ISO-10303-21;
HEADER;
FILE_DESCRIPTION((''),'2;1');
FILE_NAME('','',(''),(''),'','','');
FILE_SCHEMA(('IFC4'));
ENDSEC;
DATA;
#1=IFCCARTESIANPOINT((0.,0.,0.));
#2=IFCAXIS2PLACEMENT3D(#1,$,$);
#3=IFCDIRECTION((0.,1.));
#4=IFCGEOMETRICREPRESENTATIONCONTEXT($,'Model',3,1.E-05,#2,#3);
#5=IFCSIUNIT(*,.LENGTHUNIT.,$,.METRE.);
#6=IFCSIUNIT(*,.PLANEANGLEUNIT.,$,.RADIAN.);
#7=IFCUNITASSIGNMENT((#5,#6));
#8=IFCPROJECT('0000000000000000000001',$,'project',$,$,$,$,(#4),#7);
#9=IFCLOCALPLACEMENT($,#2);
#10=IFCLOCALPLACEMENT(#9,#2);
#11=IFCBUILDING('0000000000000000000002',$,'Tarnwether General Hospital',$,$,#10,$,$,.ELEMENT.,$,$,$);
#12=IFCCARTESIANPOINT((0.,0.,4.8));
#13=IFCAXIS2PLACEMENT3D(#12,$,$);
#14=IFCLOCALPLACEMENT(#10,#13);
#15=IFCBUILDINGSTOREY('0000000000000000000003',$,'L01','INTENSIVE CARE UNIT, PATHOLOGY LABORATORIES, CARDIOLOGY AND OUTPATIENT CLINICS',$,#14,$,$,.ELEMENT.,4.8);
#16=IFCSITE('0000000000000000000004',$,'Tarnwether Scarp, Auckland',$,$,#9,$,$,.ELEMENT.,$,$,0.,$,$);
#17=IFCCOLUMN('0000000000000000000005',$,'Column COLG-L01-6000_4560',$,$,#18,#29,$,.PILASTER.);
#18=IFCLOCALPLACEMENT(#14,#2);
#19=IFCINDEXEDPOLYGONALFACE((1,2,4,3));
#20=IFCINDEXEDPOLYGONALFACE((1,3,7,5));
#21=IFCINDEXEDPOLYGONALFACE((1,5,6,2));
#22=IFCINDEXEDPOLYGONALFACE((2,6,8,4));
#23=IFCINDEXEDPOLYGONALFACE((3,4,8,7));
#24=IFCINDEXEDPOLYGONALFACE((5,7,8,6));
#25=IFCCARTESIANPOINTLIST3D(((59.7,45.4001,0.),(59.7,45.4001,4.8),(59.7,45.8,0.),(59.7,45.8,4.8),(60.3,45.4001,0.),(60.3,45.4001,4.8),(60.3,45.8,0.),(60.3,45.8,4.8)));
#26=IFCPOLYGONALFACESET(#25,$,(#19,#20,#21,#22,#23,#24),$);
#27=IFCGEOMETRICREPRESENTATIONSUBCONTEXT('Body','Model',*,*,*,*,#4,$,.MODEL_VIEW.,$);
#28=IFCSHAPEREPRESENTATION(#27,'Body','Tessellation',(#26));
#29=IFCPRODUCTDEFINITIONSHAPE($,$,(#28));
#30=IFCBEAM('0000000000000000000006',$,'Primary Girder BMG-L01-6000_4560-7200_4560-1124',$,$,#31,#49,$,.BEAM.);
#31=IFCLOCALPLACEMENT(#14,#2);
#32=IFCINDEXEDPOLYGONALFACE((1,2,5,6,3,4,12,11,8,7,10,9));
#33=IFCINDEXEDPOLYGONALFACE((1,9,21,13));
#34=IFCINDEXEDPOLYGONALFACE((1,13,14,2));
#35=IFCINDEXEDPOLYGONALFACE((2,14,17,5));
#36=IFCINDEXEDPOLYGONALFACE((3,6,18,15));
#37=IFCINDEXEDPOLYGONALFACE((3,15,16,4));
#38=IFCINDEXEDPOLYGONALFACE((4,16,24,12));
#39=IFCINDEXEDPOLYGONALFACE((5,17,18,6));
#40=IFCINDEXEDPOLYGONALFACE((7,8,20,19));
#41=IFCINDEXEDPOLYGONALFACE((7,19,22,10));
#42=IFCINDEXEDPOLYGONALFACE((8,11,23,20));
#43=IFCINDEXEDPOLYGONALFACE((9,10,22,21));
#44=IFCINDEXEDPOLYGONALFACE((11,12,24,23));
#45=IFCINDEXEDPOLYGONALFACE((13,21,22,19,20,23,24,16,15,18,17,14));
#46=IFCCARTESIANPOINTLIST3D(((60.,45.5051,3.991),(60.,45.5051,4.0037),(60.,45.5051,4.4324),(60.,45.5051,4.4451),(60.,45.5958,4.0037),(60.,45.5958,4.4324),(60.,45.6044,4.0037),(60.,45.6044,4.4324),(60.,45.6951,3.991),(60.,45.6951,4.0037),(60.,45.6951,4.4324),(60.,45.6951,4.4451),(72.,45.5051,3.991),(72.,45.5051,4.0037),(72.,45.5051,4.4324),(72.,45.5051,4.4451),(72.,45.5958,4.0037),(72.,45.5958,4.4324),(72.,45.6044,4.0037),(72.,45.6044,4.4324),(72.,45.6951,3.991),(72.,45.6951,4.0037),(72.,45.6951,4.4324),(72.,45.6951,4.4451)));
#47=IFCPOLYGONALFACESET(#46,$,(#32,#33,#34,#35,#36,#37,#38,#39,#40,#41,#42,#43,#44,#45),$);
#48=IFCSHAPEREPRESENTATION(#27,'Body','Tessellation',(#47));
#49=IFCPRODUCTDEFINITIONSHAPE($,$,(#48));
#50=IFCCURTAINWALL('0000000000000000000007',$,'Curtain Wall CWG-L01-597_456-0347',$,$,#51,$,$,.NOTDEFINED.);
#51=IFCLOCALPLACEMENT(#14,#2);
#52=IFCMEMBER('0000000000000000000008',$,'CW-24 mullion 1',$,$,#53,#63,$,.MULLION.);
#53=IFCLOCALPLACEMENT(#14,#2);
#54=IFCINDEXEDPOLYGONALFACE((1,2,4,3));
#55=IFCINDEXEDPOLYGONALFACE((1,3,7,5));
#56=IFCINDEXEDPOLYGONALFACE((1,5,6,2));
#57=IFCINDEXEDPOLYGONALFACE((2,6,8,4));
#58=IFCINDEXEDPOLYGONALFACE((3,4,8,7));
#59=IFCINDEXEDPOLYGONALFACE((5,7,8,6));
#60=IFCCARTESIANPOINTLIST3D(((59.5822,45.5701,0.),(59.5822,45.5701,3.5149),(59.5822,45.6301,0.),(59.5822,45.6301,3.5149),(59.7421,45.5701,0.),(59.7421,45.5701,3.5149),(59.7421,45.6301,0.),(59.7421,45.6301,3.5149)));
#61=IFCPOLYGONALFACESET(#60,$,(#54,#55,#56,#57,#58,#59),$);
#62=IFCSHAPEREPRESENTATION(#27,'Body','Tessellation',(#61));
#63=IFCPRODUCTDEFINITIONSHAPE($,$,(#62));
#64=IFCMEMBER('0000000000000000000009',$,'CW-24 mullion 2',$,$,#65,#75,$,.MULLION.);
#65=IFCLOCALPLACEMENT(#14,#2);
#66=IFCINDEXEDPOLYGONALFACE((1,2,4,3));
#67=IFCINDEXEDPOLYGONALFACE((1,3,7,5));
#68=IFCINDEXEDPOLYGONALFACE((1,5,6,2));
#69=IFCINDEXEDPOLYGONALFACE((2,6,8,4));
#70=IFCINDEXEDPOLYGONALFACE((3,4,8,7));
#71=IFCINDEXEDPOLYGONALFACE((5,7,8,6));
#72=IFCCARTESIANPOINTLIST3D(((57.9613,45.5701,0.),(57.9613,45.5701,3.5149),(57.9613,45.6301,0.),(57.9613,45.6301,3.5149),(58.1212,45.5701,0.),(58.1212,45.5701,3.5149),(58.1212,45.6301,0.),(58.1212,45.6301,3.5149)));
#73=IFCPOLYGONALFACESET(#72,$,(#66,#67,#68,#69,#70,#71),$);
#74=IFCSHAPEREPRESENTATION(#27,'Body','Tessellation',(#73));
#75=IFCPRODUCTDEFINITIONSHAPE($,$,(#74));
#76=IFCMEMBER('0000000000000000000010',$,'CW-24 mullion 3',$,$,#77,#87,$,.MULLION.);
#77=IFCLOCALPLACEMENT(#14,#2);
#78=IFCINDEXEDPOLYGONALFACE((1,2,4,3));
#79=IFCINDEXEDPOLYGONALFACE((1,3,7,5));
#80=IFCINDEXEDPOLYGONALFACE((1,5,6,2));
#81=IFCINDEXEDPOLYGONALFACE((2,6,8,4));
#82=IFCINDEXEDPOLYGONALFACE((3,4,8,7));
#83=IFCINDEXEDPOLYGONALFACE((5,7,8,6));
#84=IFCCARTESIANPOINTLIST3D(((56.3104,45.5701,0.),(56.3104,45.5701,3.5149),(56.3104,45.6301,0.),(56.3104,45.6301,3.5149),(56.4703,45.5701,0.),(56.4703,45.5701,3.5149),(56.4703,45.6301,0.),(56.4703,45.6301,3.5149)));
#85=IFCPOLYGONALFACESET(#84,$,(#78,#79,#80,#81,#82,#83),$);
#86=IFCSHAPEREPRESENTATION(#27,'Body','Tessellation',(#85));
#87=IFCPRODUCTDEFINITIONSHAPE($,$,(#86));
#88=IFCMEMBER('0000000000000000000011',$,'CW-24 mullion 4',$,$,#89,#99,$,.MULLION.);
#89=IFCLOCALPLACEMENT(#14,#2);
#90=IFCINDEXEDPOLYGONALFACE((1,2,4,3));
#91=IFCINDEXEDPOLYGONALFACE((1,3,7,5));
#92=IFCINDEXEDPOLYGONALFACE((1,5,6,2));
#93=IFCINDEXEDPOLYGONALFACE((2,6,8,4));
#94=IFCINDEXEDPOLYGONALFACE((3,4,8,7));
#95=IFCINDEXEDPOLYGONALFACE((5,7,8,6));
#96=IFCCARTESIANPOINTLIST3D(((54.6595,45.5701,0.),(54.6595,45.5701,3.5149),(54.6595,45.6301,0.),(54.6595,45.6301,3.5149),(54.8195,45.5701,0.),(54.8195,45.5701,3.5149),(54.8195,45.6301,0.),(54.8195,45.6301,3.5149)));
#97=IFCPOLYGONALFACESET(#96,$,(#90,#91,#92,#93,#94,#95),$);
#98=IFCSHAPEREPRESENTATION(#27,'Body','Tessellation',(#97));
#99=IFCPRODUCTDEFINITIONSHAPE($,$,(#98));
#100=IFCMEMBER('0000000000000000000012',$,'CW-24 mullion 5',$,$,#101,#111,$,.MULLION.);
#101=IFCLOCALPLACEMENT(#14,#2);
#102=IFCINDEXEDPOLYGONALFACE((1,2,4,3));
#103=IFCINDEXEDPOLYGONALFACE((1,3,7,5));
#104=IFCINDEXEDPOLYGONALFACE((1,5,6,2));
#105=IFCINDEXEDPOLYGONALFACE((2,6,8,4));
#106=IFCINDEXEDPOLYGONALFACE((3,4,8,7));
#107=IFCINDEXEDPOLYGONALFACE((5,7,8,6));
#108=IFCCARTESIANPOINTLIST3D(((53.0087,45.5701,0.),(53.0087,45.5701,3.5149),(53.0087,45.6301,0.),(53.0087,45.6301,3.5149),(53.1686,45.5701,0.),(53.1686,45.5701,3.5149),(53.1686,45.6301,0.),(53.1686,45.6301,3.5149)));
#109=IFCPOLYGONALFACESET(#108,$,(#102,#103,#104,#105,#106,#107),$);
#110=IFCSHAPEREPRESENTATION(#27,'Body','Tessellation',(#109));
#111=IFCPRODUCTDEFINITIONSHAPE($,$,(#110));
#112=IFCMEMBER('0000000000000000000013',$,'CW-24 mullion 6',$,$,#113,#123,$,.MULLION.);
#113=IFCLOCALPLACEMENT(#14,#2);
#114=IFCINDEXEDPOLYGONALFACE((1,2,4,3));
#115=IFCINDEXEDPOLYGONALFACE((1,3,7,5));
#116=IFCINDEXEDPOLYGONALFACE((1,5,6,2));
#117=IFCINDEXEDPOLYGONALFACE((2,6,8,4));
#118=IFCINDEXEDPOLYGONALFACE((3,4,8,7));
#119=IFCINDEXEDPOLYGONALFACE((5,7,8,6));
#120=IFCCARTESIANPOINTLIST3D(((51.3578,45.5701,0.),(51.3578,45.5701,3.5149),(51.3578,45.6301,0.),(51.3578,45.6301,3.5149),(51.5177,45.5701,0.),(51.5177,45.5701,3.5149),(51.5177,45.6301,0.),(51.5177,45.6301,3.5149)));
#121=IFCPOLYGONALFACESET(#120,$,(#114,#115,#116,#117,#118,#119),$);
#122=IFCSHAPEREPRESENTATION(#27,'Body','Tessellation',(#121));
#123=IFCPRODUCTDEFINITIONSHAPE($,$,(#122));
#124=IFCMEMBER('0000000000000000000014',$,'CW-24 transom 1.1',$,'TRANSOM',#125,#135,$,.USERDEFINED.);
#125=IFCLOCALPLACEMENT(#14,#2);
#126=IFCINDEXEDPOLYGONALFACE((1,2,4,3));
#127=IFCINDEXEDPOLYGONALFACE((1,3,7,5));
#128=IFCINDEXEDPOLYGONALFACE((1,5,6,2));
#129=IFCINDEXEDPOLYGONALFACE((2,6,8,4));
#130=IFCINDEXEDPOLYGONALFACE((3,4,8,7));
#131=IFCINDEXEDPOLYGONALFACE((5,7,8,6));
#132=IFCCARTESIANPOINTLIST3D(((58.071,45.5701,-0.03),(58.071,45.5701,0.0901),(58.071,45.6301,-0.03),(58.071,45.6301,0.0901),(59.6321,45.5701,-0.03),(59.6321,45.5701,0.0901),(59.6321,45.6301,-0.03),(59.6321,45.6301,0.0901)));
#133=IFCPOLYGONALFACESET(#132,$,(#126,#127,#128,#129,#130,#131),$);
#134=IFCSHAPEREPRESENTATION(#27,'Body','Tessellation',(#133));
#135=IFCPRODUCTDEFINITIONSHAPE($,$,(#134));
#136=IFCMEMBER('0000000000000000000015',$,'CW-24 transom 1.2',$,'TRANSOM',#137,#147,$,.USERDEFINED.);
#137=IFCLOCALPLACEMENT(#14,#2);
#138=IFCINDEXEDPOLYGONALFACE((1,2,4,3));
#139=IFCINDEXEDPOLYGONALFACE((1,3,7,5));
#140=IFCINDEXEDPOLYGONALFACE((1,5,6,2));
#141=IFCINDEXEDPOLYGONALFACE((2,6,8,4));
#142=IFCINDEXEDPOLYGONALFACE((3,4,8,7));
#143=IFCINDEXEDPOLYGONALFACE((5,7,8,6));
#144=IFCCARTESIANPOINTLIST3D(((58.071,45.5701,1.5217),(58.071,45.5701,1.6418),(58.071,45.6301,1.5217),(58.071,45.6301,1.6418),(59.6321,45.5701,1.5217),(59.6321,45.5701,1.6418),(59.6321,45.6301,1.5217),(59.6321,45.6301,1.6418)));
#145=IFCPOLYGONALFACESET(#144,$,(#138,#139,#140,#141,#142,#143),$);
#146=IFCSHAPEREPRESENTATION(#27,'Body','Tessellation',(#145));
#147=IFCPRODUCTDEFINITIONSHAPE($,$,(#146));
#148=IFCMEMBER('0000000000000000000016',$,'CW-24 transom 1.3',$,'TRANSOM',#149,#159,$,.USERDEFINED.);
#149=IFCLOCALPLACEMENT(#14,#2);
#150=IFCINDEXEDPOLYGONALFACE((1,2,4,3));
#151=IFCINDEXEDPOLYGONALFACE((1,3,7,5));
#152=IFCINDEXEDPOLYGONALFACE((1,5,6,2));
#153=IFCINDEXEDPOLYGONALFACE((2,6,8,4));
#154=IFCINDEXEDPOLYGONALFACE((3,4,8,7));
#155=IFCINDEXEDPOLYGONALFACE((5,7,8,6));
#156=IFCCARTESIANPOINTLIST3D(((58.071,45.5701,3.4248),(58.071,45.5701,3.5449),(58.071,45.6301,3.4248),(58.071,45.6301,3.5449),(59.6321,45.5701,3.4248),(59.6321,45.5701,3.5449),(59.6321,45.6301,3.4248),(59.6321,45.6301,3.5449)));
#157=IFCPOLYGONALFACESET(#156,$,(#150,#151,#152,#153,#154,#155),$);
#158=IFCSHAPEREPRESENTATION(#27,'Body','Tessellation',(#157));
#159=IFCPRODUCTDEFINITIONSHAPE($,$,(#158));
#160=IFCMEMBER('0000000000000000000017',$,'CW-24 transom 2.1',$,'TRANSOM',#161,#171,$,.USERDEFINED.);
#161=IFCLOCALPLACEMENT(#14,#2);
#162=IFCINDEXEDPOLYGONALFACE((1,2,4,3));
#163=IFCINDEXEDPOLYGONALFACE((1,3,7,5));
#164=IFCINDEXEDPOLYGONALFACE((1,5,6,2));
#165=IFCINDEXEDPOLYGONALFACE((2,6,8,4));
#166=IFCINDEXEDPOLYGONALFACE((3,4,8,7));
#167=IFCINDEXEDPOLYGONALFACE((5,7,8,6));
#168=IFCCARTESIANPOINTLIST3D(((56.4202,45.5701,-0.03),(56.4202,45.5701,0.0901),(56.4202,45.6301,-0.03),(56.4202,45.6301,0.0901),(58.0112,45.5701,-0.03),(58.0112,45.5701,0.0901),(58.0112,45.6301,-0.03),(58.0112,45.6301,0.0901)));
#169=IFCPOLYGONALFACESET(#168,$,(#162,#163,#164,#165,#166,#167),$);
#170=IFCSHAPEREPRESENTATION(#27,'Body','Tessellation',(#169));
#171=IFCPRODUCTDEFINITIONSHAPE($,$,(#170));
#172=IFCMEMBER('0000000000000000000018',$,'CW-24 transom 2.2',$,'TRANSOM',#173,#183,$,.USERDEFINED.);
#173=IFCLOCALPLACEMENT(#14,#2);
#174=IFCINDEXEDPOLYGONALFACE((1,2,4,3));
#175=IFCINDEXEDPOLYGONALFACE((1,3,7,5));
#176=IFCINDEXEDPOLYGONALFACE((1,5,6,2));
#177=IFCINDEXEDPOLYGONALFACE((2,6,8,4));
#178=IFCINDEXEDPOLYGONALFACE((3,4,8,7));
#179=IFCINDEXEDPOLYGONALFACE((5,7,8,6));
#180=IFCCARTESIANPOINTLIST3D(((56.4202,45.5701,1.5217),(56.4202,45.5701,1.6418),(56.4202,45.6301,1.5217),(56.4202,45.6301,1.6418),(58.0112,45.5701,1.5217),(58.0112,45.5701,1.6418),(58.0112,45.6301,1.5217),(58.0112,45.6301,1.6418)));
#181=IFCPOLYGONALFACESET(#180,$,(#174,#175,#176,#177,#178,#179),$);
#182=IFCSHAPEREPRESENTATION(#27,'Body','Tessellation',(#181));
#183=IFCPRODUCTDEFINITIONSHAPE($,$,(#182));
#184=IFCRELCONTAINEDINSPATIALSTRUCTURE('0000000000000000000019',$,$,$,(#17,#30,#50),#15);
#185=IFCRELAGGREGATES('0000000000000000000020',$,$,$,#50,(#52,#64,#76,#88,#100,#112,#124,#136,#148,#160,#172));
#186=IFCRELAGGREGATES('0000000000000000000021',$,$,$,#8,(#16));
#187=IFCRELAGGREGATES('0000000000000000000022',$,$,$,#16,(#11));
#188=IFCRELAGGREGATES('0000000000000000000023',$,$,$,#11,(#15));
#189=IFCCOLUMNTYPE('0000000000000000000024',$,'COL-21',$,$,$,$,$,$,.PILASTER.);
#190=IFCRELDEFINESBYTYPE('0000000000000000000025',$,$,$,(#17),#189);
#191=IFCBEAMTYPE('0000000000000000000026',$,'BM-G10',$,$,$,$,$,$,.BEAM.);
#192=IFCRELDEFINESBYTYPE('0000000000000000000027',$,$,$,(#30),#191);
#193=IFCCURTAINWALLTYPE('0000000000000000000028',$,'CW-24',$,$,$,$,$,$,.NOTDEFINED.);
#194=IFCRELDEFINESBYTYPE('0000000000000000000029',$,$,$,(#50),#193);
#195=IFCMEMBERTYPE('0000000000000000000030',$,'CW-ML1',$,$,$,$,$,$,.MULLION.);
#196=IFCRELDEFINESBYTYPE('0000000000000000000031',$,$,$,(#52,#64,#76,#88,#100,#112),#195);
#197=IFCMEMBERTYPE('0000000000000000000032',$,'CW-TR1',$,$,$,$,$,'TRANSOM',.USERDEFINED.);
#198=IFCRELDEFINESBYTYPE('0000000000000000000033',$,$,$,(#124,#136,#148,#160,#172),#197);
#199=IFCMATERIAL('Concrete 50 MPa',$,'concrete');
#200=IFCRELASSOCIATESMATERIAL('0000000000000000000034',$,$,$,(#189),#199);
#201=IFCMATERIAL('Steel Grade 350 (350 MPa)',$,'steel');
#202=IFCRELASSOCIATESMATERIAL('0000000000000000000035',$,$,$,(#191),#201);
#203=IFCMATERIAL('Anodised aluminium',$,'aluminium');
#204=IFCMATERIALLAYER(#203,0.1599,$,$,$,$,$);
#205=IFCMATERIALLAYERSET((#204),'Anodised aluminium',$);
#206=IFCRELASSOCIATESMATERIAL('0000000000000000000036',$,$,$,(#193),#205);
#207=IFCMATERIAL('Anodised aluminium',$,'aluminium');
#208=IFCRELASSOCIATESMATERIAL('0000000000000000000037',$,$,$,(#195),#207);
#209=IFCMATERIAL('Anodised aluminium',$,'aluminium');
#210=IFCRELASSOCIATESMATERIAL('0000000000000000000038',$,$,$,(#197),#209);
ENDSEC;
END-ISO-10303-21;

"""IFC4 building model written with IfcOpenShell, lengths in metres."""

from ifc_helpers import new_model, si_unit, direction, frame, origin, origin_2d, place, context, subcontext, project, spatial, rectangle, i_section, extrude, material, layer, layer_set, material_profile, profile_set, type_object, element, aggregate, save


model = new_model("IFC4")

# Units and contexts
model_context = context("Model", 3, precision=1e-05, world=origin(), true_north=direction((0.0, 1.0)))
body_context = subcontext(model_context, "Body", "Model", "MODEL_VIEW")
ifc_project = project(units=[si_unit("LENGTHUNIT", "METRE"), si_unit("PLANEANGLEUNIT", "RADIAN")], contexts=[model_context])

# Site, building, storey
site_placement = place(None, origin())
site = spatial("IfcSite", under=ifc_project, at=site_placement, Name="Tarnwether Scarp, Auckland", CompositionType="ELEMENT", RefElevation=0.0)
building_placement = place(site_placement, origin())
building = spatial("IfcBuilding", under=site, at=building_placement, Name="Tarnwether General Hospital", CompositionType="ELEMENT")
storey_placement = place(building_placement, frame((0.0, 0.0, 4.8)))
storey = spatial("IfcBuildingStorey", under=building, at=storey_placement, Name="L01", Description="INTENSIVE CARE UNIT, PATHOLOGY LABORATORIES, CARDIOLOGY AND OUTPATIENT CLINICS", CompositionType="ELEMENT", Elevation=4.8)

# Column
ifc_material_1 = material(Name="Concrete 50 MPa", Category="concrete")
ifc_material_profile_1 = material_profile(ifc_material_1, rectangle(XDim=0.3999, YDim=0.6001, at=origin_2d()), Name="RC-PIL-400x600")
ifc_profile_set_1 = profile_set([ifc_material_profile_1], Name="Concrete 50 MPa")
column_type = type_object("IfcColumnType", Name="COL-21", PredefinedType="PILASTER", material=ifc_profile_set_1)
column_placement = place(storey_placement, frame((60.0, 45.6001, 0.0), z_axis=(0.0, 0.0, 1.0), x_axis=(0.0, 1.0, 0.0)))
element("IfcColumn", 1, at=column_placement, inside=storey, type_object=column_type, Name="Column COLG-L01-6000_4560", PredefinedType="PILASTER", context=body_context, shape_type="SweptSolid", body=[
    extrude(rectangle(XDim=0.3999, YDim=0.6001, at=origin_2d()), origin(), (0.0, 0.0, 1.0), 4.8),
])

# Beam
ifc_material_2 = material(Name="Steel Grade 350 (350 MPa)", Category="steel")
ifc_material_profile_2 = material_profile(ifc_material_2, i_section(OverallWidth=0.1899, OverallDepth=0.4541, WebThickness=0.0085, FlangeThickness=0.0127, at=origin_2d()), Name="460UB67.1")
ifc_profile_set_2 = profile_set([ifc_material_profile_2], Name="Steel Grade 350 (350 MPa)")
beam_type = type_object("IfcBeamType", Name="BM-G10", PredefinedType="BEAM", material=ifc_profile_set_2)
beam_placement = place(storey_placement, frame((60.0, 45.6001, 4.218), z_axis=(1.0, 0.0, 0.0), x_axis=(0.0, 1.0, 0.0)))
element("IfcBeam", 2, at=beam_placement, inside=storey, type_object=beam_type, Name="Primary Girder BMG-L01-6000_4560-7200_4560-1124", PredefinedType="BEAM", context=body_context, shape_type="SweptSolid", body=[
    extrude(i_section(OverallWidth=0.1899, OverallDepth=0.4541, WebThickness=0.0085, FlangeThickness=0.0127, at=origin_2d()), origin(), (0.0, 0.0, 1.0), 12.0),
])

# Curtain wall, members
ifc_material_3 = material(Name="Anodised aluminium", Category="aluminium")
ifc_layer_1 = layer(ifc_material_3, 0.1599)
ifc_layer_set_1 = layer_set([ifc_layer_1], Name="Anodised aluminium")
curtain_wall_type = type_object("IfcCurtainWallType", Name="CW-24", PredefinedType="NOTDEFINED", material=ifc_layer_set_1)
curtain_wall_placement = place(storey_placement, origin())
curtain_wall = element("IfcCurtainWall", 3, at=curtain_wall_placement, inside=storey, type_object=curtain_wall_type, Name="Curtain Wall CWG-L01-597_456-0347", PredefinedType="NOTDEFINED")
ifc_material_4 = material(Name="Anodised aluminium", Category="aluminium")
ifc_material_profile_3 = material_profile(ifc_material_4, rectangle(XDim=0.0601, YDim=0.1599, at=origin_2d()), Name="ALU-MUL-60x160")
ifc_profile_set_3 = profile_set([ifc_material_profile_3], Name="Anodised aluminium")
member_type_1 = type_object("IfcMemberType", Name="CW-ML1", PredefinedType="MULLION", material=ifc_profile_set_3)
member_1_placement = place(storey_placement, frame((59.6621, 45.6001, 0.0), z_axis=(0.0, 0.0, 1.0), x_axis=(0.0, -1.0, 0.0)))
member_1 = element("IfcMember", 4, at=member_1_placement, type_object=member_type_1, Name="CW-24 mullion 1", PredefinedType="MULLION", context=body_context, shape_type="SweptSolid", body=[
    extrude(rectangle(XDim=0.0601, YDim=0.1599, at=origin_2d()), origin(), (0.0, 0.0, 1.0), 3.5149),
])
member_2_placement = place(storey_placement, frame((58.0413, 45.6001, 0.0), z_axis=(0.0, 0.0, 1.0), x_axis=(0.0, -1.0, 0.0)))
member_2 = element("IfcMember", 5, at=member_2_placement, type_object=member_type_1, Name="CW-24 mullion 2", PredefinedType="MULLION", context=body_context, shape_type="SweptSolid", body=[
    extrude(rectangle(XDim=0.0601, YDim=0.1599, at=origin_2d()), origin(), (0.0, 0.0, 1.0), 3.5149),
])
member_3_placement = place(storey_placement, frame((56.3904, 45.6001, 0.0), z_axis=(0.0, 0.0, 1.0), x_axis=(0.0, -1.0, 0.0)))
member_3 = element("IfcMember", 6, at=member_3_placement, type_object=member_type_1, Name="CW-24 mullion 3", PredefinedType="MULLION", context=body_context, shape_type="SweptSolid", body=[
    extrude(rectangle(XDim=0.0601, YDim=0.1599, at=origin_2d()), origin(), (0.0, 0.0, 1.0), 3.5149),
])
member_4_placement = place(storey_placement, frame((54.7395, 45.6001, 0.0), z_axis=(0.0, 0.0, 1.0), x_axis=(0.0, -1.0, 0.0)))
member_4 = element("IfcMember", 7, at=member_4_placement, type_object=member_type_1, Name="CW-24 mullion 4", PredefinedType="MULLION", context=body_context, shape_type="SweptSolid", body=[
    extrude(rectangle(XDim=0.0601, YDim=0.1599, at=origin_2d()), origin(), (0.0, 0.0, 1.0), 3.5149),
])
member_5_placement = place(storey_placement, frame((53.0886, 45.6001, 0.0), z_axis=(0.0, 0.0, 1.0), x_axis=(0.0, -1.0, 0.0)))
member_5 = element("IfcMember", 8, at=member_5_placement, type_object=member_type_1, Name="CW-24 mullion 5", PredefinedType="MULLION", context=body_context, shape_type="SweptSolid", body=[
    extrude(rectangle(XDim=0.0601, YDim=0.1599, at=origin_2d()), origin(), (0.0, 0.0, 1.0), 3.5149),
])
member_6_placement = place(storey_placement, frame((51.4377, 45.6001, 0.0), z_axis=(0.0, 0.0, 1.0), x_axis=(0.0, -1.0, 0.0)))
member_6 = element("IfcMember", 9, at=member_6_placement, type_object=member_type_1, Name="CW-24 mullion 6", PredefinedType="MULLION", context=body_context, shape_type="SweptSolid", body=[
    extrude(rectangle(XDim=0.0601, YDim=0.1599, at=origin_2d()), origin(), (0.0, 0.0, 1.0), 3.5149),
])
ifc_material_5 = material(Name="Anodised aluminium", Category="aluminium")
ifc_material_profile_4 = material_profile(ifc_material_5, rectangle(XDim=0.0601, YDim=0.1201, at=origin_2d()), Name="ALU-TRN-60x120")
ifc_profile_set_4 = profile_set([ifc_material_profile_4], Name="Anodised aluminium")
member_type_2 = type_object("IfcMemberType", Name="CW-TR1", ElementType="TRANSOM", PredefinedType="USERDEFINED", material=ifc_profile_set_4)
member_7_placement = place(storey_placement, frame((59.6321, 45.6001, 0.03), z_axis=(-1.0, 0.0, 0.0), x_axis=(0.0, -1.0, 0.0)))
member_7 = element("IfcMember", 10, at=member_7_placement, type_object=member_type_2, Name="CW-24 transom 1.1", ObjectType="TRANSOM", PredefinedType="USERDEFINED", context=body_context, shape_type="SweptSolid", body=[
    extrude(rectangle(XDim=0.0601, YDim=0.1201, at=origin_2d()), origin(), (0.0, 0.0, 1.0), 1.561),
])
member_8_placement = place(storey_placement, frame((59.6321, 45.6001, 1.5818), z_axis=(-1.0, 0.0, 0.0), x_axis=(0.0, -1.0, 0.0)))
member_8 = element("IfcMember", 11, at=member_8_placement, type_object=member_type_2, Name="CW-24 transom 1.2", ObjectType="TRANSOM", PredefinedType="USERDEFINED", context=body_context, shape_type="SweptSolid", body=[
    extrude(rectangle(XDim=0.0601, YDim=0.1201, at=origin_2d()), origin(), (0.0, 0.0, 1.0), 1.561),
])
member_9_placement = place(storey_placement, frame((59.6321, 45.6001, 3.4849), z_axis=(-1.0, 0.0, 0.0), x_axis=(0.0, -1.0, 0.0)))
member_9 = element("IfcMember", 12, at=member_9_placement, type_object=member_type_2, Name="CW-24 transom 1.3", ObjectType="TRANSOM", PredefinedType="USERDEFINED", context=body_context, shape_type="SweptSolid", body=[
    extrude(rectangle(XDim=0.0601, YDim=0.1201, at=origin_2d()), origin(), (0.0, 0.0, 1.0), 1.561),
])
member_10_placement = place(storey_placement, frame((58.0112, 45.6001, 0.03), z_axis=(-1.0, 0.0, 0.0), x_axis=(0.0, -1.0, 0.0)))
member_10 = element("IfcMember", 13, at=member_10_placement, type_object=member_type_2, Name="CW-24 transom 2.1", ObjectType="TRANSOM", PredefinedType="USERDEFINED", context=body_context, shape_type="SweptSolid", body=[
    extrude(rectangle(XDim=0.0601, YDim=0.1201, at=origin_2d()), origin(), (0.0, 0.0, 1.0), 1.5911),
])
member_11_placement = place(storey_placement, frame((58.0112, 45.6001, 1.5818), z_axis=(-1.0, 0.0, 0.0), x_axis=(0.0, -1.0, 0.0)))
member_11 = element("IfcMember", 14, at=member_11_placement, type_object=member_type_2, Name="CW-24 transom 2.2", ObjectType="TRANSOM", PredefinedType="USERDEFINED", context=body_context, shape_type="SweptSolid", body=[
    extrude(rectangle(XDim=0.0601, YDim=0.1201, at=origin_2d()), origin(), (0.0, 0.0, 1.0), 1.5911),
])
aggregate(curtain_wall, [member_1, member_2, member_3, member_4, member_5, member_6, member_7, member_8, member_9, member_10, member_11])

save(model, "model.ifc")
